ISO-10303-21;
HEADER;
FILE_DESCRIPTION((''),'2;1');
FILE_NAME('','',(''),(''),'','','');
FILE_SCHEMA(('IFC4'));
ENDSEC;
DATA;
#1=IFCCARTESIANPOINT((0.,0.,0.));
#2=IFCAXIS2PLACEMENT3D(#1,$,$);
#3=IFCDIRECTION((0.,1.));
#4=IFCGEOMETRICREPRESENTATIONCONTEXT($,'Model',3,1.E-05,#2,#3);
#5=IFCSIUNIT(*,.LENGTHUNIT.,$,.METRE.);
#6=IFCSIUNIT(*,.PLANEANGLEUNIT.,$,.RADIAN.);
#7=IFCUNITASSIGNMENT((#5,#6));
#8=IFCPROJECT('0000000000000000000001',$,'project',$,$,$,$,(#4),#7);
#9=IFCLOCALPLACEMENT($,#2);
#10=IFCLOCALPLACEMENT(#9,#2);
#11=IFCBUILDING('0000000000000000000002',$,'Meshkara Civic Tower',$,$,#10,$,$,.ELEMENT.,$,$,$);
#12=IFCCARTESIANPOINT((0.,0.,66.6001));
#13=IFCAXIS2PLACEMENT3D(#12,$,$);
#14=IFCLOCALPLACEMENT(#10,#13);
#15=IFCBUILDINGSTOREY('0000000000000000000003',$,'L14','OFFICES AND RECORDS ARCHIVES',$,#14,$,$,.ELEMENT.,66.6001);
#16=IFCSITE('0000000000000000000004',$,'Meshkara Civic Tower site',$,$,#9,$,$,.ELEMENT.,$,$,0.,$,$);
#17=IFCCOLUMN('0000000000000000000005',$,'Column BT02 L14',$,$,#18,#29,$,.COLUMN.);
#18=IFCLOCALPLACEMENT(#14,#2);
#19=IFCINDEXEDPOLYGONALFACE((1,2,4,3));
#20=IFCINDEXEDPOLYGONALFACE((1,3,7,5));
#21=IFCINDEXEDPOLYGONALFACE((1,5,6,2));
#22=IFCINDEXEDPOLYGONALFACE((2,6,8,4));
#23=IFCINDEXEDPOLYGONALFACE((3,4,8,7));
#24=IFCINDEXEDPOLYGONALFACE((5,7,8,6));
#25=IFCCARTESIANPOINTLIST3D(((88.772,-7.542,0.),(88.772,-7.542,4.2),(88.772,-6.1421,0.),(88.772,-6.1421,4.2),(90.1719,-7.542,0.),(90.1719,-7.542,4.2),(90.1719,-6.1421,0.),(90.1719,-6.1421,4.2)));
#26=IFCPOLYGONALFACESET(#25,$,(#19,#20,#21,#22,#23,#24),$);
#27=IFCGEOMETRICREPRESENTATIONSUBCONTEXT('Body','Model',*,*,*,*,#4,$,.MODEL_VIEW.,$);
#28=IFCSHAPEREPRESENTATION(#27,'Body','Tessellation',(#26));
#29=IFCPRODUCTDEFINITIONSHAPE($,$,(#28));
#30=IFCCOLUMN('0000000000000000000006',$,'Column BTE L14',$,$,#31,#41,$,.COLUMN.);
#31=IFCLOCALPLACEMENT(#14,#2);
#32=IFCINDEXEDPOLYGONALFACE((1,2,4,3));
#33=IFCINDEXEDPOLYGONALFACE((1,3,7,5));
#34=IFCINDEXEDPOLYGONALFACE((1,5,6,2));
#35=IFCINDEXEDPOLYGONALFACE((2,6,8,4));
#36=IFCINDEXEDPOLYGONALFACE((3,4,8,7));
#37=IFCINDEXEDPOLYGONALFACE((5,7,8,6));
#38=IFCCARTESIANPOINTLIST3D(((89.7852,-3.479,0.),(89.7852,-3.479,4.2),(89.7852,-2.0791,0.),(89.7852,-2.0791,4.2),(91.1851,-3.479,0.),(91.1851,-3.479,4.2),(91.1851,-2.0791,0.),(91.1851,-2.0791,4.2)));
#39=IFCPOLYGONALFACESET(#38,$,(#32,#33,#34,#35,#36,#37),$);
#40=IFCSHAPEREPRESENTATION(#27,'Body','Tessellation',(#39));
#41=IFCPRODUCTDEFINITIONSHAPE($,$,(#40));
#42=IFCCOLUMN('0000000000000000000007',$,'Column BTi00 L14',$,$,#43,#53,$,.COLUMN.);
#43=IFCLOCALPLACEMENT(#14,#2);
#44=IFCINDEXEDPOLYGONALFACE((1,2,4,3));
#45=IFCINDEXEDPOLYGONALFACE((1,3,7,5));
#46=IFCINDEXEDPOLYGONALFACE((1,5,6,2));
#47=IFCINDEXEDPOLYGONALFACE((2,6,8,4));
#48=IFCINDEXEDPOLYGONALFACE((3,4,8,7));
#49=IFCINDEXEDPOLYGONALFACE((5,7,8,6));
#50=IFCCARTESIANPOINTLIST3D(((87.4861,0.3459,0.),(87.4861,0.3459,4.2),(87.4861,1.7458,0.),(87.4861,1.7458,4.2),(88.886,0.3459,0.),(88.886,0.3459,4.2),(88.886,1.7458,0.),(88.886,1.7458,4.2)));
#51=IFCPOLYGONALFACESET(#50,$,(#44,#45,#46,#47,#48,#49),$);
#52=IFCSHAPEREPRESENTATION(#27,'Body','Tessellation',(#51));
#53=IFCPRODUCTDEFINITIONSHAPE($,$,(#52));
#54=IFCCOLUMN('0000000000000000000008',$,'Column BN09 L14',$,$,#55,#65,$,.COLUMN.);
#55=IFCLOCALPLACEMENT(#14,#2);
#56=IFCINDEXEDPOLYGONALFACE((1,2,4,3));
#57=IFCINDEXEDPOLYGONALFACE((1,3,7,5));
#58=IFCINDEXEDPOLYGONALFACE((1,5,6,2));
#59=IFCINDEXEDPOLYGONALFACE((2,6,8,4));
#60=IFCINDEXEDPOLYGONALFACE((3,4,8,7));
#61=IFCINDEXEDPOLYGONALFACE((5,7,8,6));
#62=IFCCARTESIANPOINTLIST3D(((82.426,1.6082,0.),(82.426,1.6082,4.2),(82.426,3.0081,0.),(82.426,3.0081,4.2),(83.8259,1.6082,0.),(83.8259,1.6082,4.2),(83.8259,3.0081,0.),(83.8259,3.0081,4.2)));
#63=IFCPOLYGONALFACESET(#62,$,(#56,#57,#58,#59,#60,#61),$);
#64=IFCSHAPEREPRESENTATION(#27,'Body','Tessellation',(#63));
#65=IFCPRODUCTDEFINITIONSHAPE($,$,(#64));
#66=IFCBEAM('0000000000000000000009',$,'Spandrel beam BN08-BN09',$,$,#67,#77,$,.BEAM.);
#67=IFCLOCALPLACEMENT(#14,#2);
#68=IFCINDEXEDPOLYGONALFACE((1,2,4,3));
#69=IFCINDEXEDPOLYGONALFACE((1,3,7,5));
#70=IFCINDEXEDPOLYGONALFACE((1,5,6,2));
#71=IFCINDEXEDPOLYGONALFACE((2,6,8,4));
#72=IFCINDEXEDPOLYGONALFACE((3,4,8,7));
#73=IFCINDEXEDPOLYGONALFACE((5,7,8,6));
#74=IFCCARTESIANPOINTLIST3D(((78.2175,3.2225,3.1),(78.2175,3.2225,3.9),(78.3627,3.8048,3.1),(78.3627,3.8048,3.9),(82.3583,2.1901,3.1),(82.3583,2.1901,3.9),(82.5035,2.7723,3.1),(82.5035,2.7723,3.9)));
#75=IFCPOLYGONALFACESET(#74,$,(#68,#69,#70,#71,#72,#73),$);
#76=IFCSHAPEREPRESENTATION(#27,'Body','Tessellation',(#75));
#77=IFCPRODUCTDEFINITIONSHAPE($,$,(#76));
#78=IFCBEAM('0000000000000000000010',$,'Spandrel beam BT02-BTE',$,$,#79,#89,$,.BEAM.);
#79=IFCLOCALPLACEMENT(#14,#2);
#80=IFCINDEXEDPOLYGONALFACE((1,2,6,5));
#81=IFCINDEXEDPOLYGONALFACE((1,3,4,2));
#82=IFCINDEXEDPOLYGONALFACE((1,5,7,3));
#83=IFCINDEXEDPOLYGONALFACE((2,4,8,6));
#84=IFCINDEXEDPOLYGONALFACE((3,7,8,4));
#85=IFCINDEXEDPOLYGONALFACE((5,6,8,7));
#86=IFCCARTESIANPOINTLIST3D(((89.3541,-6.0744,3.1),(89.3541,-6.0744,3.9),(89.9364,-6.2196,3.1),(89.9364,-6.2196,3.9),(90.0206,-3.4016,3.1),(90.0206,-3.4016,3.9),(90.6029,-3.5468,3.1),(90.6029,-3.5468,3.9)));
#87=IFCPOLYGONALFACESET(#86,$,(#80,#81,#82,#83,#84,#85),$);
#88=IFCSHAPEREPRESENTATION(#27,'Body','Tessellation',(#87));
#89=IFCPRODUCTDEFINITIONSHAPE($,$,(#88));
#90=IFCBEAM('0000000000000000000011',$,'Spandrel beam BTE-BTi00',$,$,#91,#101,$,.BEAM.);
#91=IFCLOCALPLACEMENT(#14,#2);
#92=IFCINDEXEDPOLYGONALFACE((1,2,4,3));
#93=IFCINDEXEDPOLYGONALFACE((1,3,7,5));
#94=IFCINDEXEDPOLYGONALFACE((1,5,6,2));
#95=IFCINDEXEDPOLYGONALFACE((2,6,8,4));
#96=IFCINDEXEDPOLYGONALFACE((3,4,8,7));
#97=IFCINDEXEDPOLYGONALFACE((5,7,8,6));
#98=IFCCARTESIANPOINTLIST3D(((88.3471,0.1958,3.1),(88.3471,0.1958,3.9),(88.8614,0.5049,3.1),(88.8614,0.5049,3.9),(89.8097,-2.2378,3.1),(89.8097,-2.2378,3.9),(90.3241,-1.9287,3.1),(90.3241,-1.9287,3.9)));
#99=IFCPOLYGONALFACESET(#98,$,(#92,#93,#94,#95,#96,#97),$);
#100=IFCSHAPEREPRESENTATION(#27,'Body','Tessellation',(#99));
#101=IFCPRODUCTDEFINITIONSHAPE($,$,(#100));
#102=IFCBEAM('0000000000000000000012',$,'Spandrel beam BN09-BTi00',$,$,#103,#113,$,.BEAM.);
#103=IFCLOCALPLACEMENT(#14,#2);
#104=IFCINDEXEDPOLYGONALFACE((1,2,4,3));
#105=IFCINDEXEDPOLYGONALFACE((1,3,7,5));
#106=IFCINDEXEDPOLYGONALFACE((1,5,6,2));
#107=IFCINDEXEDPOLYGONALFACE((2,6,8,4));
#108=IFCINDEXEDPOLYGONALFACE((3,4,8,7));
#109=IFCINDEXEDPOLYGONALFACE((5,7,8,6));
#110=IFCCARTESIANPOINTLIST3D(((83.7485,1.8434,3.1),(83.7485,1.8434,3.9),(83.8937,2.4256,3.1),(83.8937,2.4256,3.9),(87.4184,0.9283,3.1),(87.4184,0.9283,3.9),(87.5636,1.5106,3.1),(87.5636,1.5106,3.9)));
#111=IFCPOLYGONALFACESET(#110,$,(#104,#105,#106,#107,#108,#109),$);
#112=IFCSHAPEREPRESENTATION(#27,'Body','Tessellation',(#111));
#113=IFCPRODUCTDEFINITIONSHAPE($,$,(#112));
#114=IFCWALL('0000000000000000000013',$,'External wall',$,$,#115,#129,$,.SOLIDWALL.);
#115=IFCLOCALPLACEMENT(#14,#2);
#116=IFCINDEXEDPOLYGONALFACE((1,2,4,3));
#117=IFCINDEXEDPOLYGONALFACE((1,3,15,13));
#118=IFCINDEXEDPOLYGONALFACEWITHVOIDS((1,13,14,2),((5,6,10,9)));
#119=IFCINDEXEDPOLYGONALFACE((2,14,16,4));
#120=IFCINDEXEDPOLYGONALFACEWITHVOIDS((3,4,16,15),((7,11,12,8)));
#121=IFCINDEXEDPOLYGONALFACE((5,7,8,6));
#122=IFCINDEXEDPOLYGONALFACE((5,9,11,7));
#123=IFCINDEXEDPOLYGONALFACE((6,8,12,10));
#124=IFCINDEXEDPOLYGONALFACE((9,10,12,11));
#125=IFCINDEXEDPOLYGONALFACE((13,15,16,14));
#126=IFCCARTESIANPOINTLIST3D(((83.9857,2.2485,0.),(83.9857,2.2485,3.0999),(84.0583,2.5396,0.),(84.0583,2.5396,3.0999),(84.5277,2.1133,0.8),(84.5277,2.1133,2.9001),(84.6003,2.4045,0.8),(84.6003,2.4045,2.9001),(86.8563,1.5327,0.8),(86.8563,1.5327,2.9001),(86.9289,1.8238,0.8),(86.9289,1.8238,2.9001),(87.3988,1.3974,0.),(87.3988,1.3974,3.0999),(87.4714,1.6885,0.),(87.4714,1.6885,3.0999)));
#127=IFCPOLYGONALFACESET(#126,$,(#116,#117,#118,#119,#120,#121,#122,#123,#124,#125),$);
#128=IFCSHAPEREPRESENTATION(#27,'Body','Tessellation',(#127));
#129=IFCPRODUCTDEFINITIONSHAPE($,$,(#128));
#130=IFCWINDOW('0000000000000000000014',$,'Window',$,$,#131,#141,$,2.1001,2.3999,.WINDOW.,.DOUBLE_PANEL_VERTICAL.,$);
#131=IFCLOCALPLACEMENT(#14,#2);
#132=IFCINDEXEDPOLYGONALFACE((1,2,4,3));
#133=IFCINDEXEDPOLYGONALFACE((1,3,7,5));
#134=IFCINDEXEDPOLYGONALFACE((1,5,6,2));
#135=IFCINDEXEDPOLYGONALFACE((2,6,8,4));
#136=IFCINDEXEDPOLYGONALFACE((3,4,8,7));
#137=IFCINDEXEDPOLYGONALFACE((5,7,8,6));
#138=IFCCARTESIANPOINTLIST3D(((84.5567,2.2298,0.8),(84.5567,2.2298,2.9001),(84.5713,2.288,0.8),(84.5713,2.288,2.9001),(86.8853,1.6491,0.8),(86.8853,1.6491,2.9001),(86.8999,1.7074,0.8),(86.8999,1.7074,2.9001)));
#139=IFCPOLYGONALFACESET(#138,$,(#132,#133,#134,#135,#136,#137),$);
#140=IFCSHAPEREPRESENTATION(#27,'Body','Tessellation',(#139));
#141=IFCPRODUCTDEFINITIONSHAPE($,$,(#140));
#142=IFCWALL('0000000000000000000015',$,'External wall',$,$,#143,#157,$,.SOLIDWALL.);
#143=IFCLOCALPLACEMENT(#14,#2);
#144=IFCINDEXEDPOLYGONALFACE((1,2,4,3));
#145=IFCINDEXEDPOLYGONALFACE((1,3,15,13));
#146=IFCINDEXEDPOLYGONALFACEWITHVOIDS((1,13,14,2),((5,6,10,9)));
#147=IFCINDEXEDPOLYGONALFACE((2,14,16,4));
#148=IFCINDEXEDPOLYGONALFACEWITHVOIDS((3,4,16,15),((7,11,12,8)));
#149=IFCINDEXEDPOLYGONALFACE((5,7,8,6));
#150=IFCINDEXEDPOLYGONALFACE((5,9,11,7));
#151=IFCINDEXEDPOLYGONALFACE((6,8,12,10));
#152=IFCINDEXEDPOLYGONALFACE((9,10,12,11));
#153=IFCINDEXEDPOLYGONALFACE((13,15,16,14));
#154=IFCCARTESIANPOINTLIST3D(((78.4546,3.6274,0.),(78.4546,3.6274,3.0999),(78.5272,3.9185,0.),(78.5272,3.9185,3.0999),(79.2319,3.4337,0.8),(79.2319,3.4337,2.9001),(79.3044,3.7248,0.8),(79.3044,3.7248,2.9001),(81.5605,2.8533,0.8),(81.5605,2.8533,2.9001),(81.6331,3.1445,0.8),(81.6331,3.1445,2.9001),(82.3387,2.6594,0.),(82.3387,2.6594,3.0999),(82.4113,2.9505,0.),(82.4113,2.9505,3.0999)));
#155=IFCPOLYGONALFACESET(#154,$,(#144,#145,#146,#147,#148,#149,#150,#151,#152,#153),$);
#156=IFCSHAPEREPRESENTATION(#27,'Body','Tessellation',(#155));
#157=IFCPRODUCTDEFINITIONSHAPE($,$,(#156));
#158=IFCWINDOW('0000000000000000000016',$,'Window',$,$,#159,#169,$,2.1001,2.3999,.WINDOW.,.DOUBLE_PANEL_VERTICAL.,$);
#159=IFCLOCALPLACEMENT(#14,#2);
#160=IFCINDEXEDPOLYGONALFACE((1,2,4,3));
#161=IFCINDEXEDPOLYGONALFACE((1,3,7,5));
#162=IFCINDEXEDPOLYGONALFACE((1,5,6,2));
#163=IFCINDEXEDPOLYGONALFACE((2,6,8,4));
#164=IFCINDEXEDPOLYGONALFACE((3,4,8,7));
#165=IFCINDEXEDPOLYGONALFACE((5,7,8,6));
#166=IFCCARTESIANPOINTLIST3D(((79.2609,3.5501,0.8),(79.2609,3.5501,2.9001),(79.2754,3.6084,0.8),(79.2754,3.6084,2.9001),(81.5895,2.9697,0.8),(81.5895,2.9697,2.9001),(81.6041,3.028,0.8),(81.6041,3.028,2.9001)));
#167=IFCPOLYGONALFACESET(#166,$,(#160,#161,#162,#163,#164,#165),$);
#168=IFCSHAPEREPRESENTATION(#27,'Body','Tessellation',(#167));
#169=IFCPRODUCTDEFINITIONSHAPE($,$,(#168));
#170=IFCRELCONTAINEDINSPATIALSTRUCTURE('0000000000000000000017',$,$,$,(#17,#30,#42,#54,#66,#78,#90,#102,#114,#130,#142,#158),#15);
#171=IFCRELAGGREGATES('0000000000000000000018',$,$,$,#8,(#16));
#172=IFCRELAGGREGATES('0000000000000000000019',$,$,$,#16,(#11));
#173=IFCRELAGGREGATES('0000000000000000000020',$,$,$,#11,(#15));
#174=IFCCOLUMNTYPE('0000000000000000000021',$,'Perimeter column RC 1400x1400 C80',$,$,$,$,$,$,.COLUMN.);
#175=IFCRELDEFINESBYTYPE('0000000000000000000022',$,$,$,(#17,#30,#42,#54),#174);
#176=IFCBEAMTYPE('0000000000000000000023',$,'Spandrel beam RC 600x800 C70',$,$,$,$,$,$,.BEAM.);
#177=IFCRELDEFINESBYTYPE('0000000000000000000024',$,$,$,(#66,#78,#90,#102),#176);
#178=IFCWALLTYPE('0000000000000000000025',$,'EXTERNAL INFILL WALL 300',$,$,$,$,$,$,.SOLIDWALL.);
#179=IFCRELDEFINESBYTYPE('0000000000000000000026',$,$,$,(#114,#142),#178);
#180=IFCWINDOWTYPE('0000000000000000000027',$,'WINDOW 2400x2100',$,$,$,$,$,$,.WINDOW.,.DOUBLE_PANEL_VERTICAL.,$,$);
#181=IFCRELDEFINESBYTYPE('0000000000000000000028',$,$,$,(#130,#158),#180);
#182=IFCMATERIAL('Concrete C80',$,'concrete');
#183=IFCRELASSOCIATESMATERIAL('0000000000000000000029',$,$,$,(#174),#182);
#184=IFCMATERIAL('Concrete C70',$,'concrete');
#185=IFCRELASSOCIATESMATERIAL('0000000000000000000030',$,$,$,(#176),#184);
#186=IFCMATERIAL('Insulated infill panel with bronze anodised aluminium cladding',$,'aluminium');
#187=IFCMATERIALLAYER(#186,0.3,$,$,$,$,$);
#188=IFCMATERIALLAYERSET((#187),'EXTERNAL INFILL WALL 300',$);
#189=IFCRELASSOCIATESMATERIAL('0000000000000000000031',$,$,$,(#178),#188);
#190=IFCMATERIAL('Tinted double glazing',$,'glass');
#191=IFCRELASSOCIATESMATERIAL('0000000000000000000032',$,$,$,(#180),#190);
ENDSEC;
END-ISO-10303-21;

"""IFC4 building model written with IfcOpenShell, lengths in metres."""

from ifc_helpers import new_model, si_unit, direction, frame, frame_2d, origin, origin_2d, place, context, subcontext, project, spatial, rectangle, extrude, material, layer, layer_set, material_profile, profile_set, type_object, element, fill, save


model = new_model("IFC4")

# Units and contexts
model_context = context("Model", 3, precision=1e-05, world=origin(), true_north=direction((0.0, 1.0)))
body_context = subcontext(model_context, "Body", "Model", "MODEL_VIEW")
ifc_project = project(units=[si_unit("LENGTHUNIT", "METRE"), si_unit("PLANEANGLEUNIT", "RADIAN")], contexts=[model_context])

# Site, building, storey
site_placement = place(None, origin())
site = spatial("IfcSite", under=ifc_project, at=site_placement, Name="Meshkara Civic Tower site", CompositionType="ELEMENT", RefElevation=0.0)
building_placement = place(site_placement, origin())
building = spatial("IfcBuilding", under=site, at=building_placement, Name="Meshkara Civic Tower", CompositionType="ELEMENT")
storey_placement = place(building_placement, frame((0.0, 0.0, 66.6001)))
storey = spatial("IfcBuildingStorey", under=building, at=storey_placement, Name="L14", Description="OFFICES AND RECORDS ARCHIVES", CompositionType="ELEMENT", Elevation=66.6001)

# Columns
ifc_material_1 = material(Name="Concrete C80", Category="concrete")
ifc_material_profile_1 = material_profile(ifc_material_1, rectangle(XDim=1.3999, YDim=1.3999, at=origin_2d()))
ifc_profile_set_1 = profile_set([ifc_material_profile_1], Name="Concrete C80")
column_type = type_object("IfcColumnType", Name="Perimeter column RC 1400x1400 C80", PredefinedType="COLUMN", material=ifc_profile_set_1)
for number, where, z_axis, x_axis, name in (
    (1, (89.4719, -6.842, 0.0), (0.0, 0.0, 1.0), (1.0, 0.0, 0.0), "Column BT02 L14"),
    (2, (90.4851, -2.7791, 0.0), (0.0, 0.0, 1.0), (1.0, 0.0, 0.0), "Column BTE L14"),
    (3, (88.186, 1.0459, 0.0), (0.0, 0.0, 1.0), (1.0, 0.0, 0.0), "Column BTi00 L14"),
    (4, (83.126, 2.3081, 0.0), (0.0, 0.0, 1.0), (1.0, 0.0, 0.0), "Column BN09 L14"),
):
    element("IfcColumn", number, at=place(storey_placement, frame(where, z_axis=z_axis, x_axis=x_axis)), inside=storey, type_object=column_type, Name=name, PredefinedType="COLUMN", context=body_context, shape_type="SweptSolid", body=[
        extrude(rectangle(XDim=1.3999, YDim=1.3999, at=origin_2d()), origin(), (0.0, 0.0, 1.0), 4.2),
    ])

# Beams
ifc_material_2 = material(Name="Concrete C70", Category="concrete")
ifc_material_profile_2 = material_profile(ifc_material_2, rectangle(XDim=0.6001, YDim=0.8, at=origin_2d()))
ifc_profile_set_2 = profile_set([ifc_material_profile_2], Name="Concrete C70")
beam_type = type_object("IfcBeamType", Name="Spandrel beam RC 600x800 C70", PredefinedType="BEAM", material=ifc_profile_set_2)
beam_1_placement = place(storey_placement, frame((82.4309, 2.4812, 3.5), z_axis=(-0.970294, 0.24193, 0.0), x_axis=(-0.24193, -0.970294, 0.0)))
element("IfcBeam", 5, at=beam_1_placement, inside=storey, type_object=beam_type, Name="Spandrel beam BN08-BN09", PredefinedType="BEAM", context=body_context, shape_type="SweptSolid", body=[
    extrude(rectangle(XDim=0.6001, YDim=0.8, at=origin_2d()), origin(), (0.0, 0.0, 1.0), 4.2676),
])
beam_2_placement = place(storey_placement, frame((89.6453, -6.147, 3.5), z_axis=(0.241952, 0.970288, 0.0), x_axis=(-0.970288, 0.241952, 0.0)))
element("IfcBeam", 6, at=beam_2_placement, inside=storey, type_object=beam_type, Name="Spandrel beam BT02-BTE", PredefinedType="BEAM", context=body_context, shape_type="SweptSolid", body=[
    extrude(rectangle(XDim=0.6001, YDim=0.8, at=origin_2d()), origin(), (0.0, 0.0, 1.0), 2.7546),
])
beam_3_placement = place(storey_placement, frame((90.0669, -2.0833, 3.5), z_axis=(-0.515141, 0.857106, 0.0), x_axis=(-0.857106, -0.515141, 0.0)))
element("IfcBeam", 7, at=beam_3_placement, inside=storey, type_object=beam_type, Name="Spandrel beam BTE-BTi00", PredefinedType="BEAM", context=body_context, shape_type="SweptSolid", body=[
    extrude(rectangle(XDim=0.6001, YDim=0.8, at=origin_2d()), origin(), (0.0, 0.0, 1.0), 2.8394),
])
beam_4_placement = place(storey_placement, frame((87.491, 1.2195, 3.5), z_axis=(-0.970294, 0.241928, 0.0), x_axis=(-0.241928, -0.970294, 0.0)))
element("IfcBeam", 8, at=beam_4_placement, inside=storey, type_object=beam_type, Name="Spandrel beam BN09-BTi00", PredefinedType="BEAM", context=body_context, shape_type="SweptSolid", body=[
    extrude(rectangle(XDim=0.6001, YDim=0.8, at=origin_2d()), origin(), (0.0, 0.0, 1.0), 3.7822),
])

# Walls, openings, windows
ifc_material_3 = material(Name="Insulated infill panel with bronze anodised aluminium cladding", Category="aluminium")
ifc_layer_1 = layer(ifc_material_3, 0.3)
ifc_layer_set_1 = layer_set([ifc_layer_1], Name="EXTERNAL INFILL WALL 300")
wall_type = type_object("IfcWallType", Name="EXTERNAL INFILL WALL 300", PredefinedType="SOLIDWALL", material=ifc_layer_set_1)
wall_1_placement = place(storey_placement, frame((87.4351, 1.543, 0.0), z_axis=(0.0, 0.0, 1.0), x_axis=(-0.970289, 0.241948, 0.0)))
wall_1 = element("IfcWall", 9, at=wall_1_placement, inside=storey, type_object=wall_type, Name="External wall", PredefinedType="SOLIDWALL", context=body_context, shape_type="SweptSolid", body=[
    extrude(rectangle(XDim=3.5176, YDim=0.3, at=frame_2d((1.7588, 0.0))), origin(), (0.0, 0.0, 1.0), 3.0999),
])
opening_1_placement = place(wall_1_placement, frame((0.5591, 0.0, 0.8)))
opening_1 = element("IfcOpeningElement", 10, at=opening_1_placement, cuts=wall_1, PredefinedType="OPENING", context=body_context, shape_type="SweptSolid", body=[
    extrude(rectangle(XDim=2.3999, YDim=2.1001, at=frame_2d((1.2, 1.05))), frame((0.0, 0.1599, 0.0), z_axis=(0.0, -1.0, 0.0), x_axis=(1.0, 0.0, 0.0)), (0.0, 0.0, 1.0), 0.3201),
])
ifc_material_4 = material(Name="Tinted double glazing", Category="glass")
window_type_1 = type_object("IfcWindowType", Name="WINDOW 2400x2100", PartitioningType="DOUBLE_PANEL_VERTICAL", PredefinedType="WINDOW", material=ifc_material_4)
window_1_placement = place(opening_1_placement, origin())
window_1 = element("IfcWindow", 11, at=window_1_placement, inside=storey, type_object=window_type_1, Name="Window", OverallHeight=2.1001, OverallWidth=2.3999, PartitioningType="DOUBLE_PANEL_VERTICAL", PredefinedType="WINDOW", context=body_context, shape_type="SweptSolid", body=[
    extrude(rectangle(XDim=2.3999, YDim=2.1001, at=frame_2d((1.2, 1.05))), frame((0.0, 0.03, 0.0), z_axis=(0.0, -1.0, 0.0), x_axis=(1.0, 0.0, 0.0)), (0.0, 0.0, 1.0), 0.0601),
])
fill(opening_1, window_1)
wall_2_placement = place(storey_placement, frame((82.375, 2.8049, 0.0), z_axis=(0.0, 0.0, 1.0), x_axis=(-0.970318, 0.241832, 0.0)))
wall_2 = element("IfcWall", 12, at=wall_2_placement, inside=storey, type_object=wall_type, Name="External wall", PredefinedType="SOLIDWALL", context=body_context, shape_type="SweptSolid", body=[
    extrude(rectangle(XDim=4.0029, YDim=0.3, at=frame_2d((2.0015, 0.0))), origin(), (0.0, 0.0, 1.0), 3.0999),
])
opening_2_placement = place(wall_2_placement, frame((0.802, 0.0, 0.8)))
opening_2 = element("IfcOpeningElement", 13, at=opening_2_placement, cuts=wall_2, PredefinedType="OPENING", context=body_context, shape_type="SweptSolid", body=[
    extrude(rectangle(XDim=2.3999, YDim=2.1001, at=frame_2d((1.2, 1.05))), frame((0.0, 0.1599, 0.0), z_axis=(0.0, -1.0, 0.0), x_axis=(1.0, 0.0, 0.0)), (0.0, 0.0, 1.0), 0.3201),
])
window_2_placement = place(opening_2_placement, origin())
window_2 = element("IfcWindow", 14, at=window_2_placement, inside=storey, type_object=window_type_1, Name="Window", OverallHeight=2.1001, OverallWidth=2.3999, PartitioningType="DOUBLE_PANEL_VERTICAL", PredefinedType="WINDOW", context=body_context, shape_type="SweptSolid", body=[
    extrude(rectangle(XDim=2.3999, YDim=2.1001, at=frame_2d((1.2, 1.05))), frame((0.0, 0.03, 0.0), z_axis=(0.0, -1.0, 0.0), x_axis=(1.0, 0.0, 0.0)), (0.0, 0.0, 1.0), 0.0601),
])
fill(opening_2, window_2)

save(model, "model.ifc")
